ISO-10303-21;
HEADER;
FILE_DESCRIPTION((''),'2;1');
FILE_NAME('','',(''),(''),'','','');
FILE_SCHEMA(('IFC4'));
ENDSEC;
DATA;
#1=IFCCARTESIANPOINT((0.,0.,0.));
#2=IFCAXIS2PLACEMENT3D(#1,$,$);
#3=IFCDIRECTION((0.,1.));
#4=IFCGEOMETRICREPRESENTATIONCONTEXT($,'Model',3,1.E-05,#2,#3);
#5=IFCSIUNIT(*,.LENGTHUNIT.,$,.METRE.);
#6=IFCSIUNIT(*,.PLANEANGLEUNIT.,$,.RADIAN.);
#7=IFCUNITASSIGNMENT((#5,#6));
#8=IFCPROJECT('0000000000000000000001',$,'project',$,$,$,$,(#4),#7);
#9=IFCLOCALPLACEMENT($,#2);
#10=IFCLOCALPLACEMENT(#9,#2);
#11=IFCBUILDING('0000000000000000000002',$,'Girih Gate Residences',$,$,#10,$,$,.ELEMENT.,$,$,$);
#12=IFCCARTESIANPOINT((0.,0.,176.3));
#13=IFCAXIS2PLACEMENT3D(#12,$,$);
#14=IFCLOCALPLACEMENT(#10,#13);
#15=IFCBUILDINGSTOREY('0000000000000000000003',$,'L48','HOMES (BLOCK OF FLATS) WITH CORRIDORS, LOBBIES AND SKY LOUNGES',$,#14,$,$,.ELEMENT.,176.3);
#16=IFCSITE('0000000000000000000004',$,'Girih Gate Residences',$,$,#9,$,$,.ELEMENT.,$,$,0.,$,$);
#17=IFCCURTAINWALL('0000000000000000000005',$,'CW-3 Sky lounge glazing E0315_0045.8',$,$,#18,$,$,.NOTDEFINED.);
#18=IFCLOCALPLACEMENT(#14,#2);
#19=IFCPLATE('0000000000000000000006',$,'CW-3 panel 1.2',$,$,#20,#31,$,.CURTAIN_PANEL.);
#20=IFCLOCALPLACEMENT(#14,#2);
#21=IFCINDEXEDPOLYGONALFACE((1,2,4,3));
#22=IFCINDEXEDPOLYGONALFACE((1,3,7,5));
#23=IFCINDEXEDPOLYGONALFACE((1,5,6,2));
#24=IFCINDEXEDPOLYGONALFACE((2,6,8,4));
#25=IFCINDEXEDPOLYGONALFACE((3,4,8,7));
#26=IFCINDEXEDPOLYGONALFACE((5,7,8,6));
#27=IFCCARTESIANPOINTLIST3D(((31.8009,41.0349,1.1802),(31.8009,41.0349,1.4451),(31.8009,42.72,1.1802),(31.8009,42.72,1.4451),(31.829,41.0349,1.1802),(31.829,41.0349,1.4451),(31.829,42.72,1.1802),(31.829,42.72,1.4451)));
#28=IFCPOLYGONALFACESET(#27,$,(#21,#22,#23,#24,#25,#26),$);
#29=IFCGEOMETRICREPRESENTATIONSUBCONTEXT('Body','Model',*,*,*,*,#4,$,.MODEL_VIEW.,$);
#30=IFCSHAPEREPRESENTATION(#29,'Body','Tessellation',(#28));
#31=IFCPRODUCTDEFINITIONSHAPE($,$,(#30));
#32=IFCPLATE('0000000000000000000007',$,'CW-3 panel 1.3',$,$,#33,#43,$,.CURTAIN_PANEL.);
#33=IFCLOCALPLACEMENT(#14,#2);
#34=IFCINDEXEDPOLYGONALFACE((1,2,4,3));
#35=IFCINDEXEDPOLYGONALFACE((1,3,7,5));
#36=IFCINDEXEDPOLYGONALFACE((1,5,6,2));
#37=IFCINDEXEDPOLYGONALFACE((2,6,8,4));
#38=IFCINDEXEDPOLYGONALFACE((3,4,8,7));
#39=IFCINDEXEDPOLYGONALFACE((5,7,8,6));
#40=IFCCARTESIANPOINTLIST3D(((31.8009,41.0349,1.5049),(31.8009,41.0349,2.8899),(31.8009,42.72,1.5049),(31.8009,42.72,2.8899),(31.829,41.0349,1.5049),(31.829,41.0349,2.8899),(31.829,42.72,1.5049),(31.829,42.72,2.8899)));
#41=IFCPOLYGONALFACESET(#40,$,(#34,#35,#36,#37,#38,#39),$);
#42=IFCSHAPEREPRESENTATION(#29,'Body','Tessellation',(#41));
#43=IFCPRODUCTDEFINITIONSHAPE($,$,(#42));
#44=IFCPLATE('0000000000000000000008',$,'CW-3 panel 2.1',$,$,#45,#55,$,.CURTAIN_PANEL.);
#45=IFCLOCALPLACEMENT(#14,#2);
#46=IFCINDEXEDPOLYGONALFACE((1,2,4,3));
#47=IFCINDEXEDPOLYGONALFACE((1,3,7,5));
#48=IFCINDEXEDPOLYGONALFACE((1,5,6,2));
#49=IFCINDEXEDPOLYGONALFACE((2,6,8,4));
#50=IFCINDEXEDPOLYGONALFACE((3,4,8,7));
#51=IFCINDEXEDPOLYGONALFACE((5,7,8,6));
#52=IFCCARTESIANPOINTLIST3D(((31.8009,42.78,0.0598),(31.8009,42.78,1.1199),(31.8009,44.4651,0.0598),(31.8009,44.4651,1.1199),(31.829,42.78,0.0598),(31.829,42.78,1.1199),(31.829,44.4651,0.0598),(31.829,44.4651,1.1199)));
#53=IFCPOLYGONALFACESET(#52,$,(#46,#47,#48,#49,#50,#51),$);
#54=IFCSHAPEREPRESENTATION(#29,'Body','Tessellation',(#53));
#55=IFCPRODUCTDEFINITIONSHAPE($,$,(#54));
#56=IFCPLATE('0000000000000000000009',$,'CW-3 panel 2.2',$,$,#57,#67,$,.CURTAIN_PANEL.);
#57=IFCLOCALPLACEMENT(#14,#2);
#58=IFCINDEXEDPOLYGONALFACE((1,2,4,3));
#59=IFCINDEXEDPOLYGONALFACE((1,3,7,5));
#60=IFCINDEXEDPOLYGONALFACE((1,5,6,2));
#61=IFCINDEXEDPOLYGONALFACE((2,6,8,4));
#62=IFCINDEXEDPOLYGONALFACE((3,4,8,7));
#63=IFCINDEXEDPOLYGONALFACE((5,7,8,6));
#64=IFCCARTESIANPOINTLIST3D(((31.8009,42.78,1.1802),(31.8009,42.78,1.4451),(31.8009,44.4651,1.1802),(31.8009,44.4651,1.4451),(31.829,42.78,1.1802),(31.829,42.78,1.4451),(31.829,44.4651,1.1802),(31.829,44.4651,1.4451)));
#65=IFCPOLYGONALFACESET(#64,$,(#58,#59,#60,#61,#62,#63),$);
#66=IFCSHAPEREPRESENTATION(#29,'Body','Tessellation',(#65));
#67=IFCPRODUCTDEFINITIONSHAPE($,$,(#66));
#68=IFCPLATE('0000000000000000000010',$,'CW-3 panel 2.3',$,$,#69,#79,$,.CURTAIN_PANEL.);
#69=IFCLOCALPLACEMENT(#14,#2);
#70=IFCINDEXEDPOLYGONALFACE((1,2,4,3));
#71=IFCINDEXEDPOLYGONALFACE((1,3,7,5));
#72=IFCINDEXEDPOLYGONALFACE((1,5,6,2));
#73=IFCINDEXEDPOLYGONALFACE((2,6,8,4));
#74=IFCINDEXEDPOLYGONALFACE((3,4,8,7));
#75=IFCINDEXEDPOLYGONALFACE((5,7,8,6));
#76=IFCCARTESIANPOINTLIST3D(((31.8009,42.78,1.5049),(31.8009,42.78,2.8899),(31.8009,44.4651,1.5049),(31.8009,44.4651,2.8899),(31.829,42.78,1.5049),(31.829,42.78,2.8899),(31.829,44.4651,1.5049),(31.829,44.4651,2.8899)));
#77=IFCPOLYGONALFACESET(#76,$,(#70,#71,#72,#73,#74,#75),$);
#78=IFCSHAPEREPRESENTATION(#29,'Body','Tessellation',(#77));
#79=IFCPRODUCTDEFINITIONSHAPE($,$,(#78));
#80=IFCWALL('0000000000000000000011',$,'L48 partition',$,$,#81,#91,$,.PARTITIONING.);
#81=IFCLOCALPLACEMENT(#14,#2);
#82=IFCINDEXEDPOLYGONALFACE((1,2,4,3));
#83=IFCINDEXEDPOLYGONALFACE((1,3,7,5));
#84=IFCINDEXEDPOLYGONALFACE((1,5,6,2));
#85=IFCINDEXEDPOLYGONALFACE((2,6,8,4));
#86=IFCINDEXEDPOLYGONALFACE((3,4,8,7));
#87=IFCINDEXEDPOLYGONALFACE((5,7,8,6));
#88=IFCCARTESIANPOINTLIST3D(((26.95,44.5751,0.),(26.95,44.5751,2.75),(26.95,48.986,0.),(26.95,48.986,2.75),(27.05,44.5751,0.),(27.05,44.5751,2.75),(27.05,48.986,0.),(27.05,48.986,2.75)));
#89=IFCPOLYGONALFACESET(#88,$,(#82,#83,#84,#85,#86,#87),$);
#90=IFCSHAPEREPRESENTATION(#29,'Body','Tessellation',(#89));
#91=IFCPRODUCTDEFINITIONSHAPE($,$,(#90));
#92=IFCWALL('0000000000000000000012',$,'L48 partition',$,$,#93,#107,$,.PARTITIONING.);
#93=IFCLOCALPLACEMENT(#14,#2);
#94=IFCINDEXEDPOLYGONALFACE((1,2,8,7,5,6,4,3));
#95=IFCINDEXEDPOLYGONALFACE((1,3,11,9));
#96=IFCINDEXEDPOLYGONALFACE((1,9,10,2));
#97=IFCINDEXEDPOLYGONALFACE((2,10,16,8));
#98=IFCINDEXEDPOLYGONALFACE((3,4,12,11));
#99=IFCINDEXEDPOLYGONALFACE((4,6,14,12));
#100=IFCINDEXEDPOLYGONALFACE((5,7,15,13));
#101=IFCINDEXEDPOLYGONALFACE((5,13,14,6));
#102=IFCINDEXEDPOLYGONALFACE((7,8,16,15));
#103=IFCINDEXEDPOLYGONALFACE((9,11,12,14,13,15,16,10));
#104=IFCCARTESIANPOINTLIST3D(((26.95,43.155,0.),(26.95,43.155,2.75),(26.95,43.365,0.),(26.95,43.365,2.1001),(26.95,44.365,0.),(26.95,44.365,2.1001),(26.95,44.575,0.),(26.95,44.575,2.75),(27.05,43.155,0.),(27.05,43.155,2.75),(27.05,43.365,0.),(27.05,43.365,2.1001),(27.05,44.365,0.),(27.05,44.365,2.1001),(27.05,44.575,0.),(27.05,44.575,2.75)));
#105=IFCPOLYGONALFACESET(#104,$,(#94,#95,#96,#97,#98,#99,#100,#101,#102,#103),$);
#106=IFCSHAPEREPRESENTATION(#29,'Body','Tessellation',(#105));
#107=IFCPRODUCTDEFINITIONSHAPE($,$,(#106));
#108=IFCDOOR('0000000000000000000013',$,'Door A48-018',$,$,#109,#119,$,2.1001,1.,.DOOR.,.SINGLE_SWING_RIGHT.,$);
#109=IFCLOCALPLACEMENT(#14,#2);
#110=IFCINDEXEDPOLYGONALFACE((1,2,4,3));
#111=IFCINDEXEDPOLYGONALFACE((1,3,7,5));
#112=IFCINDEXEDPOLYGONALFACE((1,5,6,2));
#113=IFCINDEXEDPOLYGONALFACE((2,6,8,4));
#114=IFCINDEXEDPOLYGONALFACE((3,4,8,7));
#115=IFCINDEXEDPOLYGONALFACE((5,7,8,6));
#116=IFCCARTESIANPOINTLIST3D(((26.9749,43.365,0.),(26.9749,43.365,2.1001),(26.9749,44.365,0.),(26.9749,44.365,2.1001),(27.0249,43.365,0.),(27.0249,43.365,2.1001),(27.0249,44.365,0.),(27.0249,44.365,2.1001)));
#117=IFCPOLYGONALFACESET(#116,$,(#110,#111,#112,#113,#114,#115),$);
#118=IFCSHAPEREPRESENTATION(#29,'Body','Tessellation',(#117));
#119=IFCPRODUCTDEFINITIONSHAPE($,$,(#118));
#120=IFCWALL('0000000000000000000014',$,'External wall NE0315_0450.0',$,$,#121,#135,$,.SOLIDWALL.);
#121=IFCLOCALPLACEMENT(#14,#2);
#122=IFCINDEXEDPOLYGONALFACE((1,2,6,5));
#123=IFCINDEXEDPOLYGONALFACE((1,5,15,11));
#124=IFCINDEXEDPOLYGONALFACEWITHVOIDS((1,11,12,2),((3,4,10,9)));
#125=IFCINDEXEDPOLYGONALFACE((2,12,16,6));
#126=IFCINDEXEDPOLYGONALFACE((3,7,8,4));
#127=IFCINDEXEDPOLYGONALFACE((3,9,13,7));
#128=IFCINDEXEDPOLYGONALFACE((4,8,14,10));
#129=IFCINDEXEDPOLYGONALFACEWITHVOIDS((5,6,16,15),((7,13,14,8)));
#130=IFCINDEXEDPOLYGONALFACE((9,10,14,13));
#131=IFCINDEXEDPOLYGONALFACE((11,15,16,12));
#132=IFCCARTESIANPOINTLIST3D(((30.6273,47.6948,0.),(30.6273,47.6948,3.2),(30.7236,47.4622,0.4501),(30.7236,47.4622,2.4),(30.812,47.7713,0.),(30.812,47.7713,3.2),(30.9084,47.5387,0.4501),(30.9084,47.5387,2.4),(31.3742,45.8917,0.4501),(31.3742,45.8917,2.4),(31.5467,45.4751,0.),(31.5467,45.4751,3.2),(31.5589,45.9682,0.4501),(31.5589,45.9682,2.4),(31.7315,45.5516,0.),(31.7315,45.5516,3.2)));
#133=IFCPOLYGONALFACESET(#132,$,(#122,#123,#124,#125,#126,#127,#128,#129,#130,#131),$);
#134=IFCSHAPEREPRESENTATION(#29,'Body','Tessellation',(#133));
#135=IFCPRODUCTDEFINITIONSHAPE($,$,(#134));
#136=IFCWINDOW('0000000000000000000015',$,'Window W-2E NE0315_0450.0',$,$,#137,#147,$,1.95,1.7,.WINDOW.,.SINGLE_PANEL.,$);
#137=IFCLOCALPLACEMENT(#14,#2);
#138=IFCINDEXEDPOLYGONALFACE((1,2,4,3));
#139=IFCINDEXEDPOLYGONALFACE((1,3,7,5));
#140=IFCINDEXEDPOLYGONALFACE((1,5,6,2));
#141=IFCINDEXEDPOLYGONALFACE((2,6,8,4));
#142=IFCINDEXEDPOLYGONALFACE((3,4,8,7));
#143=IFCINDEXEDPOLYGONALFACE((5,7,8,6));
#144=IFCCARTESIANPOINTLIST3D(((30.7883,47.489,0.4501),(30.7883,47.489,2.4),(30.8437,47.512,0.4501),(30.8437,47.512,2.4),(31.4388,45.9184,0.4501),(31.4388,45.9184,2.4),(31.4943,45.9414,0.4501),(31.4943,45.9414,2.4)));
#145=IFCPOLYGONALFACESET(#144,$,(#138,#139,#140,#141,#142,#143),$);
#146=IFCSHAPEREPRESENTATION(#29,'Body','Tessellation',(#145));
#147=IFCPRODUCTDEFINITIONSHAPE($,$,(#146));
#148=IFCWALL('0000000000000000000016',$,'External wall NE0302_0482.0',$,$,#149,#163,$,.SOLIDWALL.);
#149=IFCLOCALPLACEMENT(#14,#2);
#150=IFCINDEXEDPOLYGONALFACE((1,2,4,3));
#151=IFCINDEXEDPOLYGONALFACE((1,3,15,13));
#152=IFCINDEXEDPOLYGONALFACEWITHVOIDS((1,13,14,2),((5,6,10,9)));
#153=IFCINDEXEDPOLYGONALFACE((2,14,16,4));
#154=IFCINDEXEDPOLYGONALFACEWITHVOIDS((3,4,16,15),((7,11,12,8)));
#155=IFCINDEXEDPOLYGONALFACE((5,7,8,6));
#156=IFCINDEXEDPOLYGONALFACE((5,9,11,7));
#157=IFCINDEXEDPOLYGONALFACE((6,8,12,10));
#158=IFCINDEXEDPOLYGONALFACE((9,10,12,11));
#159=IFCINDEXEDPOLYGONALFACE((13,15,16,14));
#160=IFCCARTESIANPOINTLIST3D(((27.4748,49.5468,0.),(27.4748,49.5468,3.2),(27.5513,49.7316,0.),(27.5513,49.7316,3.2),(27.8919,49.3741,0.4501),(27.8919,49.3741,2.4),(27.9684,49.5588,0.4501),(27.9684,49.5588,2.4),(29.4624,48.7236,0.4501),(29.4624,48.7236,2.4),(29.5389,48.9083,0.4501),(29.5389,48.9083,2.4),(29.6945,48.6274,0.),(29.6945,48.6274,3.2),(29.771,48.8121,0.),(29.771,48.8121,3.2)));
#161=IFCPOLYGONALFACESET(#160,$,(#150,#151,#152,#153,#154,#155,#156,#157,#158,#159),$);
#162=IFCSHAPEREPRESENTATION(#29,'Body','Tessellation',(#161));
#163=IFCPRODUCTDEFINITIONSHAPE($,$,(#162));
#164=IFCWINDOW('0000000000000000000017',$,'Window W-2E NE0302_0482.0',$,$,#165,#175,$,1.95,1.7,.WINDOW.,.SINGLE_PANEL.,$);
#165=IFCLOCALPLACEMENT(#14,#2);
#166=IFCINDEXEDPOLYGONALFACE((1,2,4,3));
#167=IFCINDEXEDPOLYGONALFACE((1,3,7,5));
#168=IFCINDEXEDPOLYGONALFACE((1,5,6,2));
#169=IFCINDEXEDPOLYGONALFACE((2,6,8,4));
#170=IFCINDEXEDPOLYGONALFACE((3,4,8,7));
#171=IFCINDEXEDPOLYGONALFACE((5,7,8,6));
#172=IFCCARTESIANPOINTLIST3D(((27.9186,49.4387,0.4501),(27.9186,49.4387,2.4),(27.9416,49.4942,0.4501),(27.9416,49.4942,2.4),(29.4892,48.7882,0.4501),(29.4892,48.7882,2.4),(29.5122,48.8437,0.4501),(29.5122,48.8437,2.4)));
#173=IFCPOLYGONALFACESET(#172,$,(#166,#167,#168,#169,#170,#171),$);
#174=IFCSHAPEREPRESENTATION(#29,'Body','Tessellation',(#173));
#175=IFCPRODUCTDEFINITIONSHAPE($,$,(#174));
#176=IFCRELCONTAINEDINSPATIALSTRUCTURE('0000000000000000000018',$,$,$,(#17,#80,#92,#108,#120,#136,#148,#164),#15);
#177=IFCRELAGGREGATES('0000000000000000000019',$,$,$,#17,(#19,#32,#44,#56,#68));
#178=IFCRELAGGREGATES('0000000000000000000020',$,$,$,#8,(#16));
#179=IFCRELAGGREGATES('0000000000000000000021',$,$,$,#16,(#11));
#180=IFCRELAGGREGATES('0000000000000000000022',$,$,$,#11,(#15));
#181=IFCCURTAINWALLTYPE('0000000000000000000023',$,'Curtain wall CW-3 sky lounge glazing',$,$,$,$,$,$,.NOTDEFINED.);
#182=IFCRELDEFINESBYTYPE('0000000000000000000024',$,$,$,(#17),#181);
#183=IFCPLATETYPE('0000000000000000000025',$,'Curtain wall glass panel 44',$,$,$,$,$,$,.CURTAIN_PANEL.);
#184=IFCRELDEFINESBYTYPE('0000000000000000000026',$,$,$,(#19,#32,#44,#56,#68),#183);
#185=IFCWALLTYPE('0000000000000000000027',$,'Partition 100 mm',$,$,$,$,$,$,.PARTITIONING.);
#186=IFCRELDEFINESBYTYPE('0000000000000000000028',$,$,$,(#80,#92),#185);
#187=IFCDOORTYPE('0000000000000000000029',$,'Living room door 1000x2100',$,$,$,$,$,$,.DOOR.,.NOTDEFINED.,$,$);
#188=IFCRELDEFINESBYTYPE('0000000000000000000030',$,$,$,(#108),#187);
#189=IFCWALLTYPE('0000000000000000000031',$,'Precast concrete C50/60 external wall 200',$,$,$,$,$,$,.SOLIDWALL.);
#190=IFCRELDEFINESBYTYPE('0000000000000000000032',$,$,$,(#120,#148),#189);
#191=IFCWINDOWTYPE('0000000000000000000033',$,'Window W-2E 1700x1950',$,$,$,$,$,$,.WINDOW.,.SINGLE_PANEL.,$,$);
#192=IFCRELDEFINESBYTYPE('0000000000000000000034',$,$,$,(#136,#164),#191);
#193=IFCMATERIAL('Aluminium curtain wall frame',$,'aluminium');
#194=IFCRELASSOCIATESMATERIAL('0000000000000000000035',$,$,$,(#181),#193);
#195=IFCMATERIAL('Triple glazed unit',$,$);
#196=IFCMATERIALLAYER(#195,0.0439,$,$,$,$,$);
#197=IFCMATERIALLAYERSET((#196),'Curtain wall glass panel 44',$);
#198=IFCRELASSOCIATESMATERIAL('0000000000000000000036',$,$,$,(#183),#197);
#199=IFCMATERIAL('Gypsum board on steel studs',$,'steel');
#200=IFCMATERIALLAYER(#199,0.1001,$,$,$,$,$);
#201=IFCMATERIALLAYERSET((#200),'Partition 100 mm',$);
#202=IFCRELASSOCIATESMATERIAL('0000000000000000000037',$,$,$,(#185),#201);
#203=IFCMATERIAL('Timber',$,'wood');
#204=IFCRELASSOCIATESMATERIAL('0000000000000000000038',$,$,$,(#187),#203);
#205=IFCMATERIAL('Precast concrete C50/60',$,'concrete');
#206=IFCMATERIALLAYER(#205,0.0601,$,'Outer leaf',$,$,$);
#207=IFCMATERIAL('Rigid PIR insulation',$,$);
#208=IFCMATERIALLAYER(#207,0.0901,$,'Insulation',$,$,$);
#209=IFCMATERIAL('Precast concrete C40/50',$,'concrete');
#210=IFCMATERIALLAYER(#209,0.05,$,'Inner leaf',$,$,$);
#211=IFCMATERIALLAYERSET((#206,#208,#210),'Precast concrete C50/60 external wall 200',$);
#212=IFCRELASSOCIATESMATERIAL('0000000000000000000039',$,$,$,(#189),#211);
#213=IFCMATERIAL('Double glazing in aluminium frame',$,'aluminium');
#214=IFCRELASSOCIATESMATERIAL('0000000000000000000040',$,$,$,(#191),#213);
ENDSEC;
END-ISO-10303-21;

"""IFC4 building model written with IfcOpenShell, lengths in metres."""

from ifc_helpers import new_model, si_unit, direction, frame, frame_2d, origin, origin_2d, place, context, subcontext, project, spatial, rectangle, extrude, material, layer, layer_set, type_object, element, fill, aggregate, save


model = new_model("IFC4")

# Units and contexts
model_context = context("Model", 3, precision=1e-05, world=origin(), true_north=direction((0.0, 1.0)))
body_context = subcontext(model_context, "Body", "Model", "MODEL_VIEW")
ifc_project = project(units=[si_unit("LENGTHUNIT", "METRE"), si_unit("PLANEANGLEUNIT", "RADIAN")], contexts=[model_context])

# Site, building, storey
site_placement = place(None, origin())
site = spatial("IfcSite", under=ifc_project, at=site_placement, Name="Girih Gate Residences", CompositionType="ELEMENT", RefElevation=0.0)
building_placement = place(site_placement, origin())
building = spatial("IfcBuilding", under=site, at=building_placement, Name="Girih Gate Residences", CompositionType="ELEMENT")
storey_placement = place(building_placement, frame((0.0, 0.0, 176.3)))
storey = spatial("IfcBuildingStorey", under=building, at=storey_placement, Name="L48", Description="HOMES (BLOCK OF FLATS) WITH CORRIDORS, LOBBIES AND SKY LOUNGES", CompositionType="ELEMENT", Elevation=176.3)

# Curtain wall
ifc_material_1 = material(Name="Aluminium curtain wall frame", Category="aluminium")
curtain_wall_type = type_object("IfcCurtainWallType", Name="Curtain wall CW-3 sky lounge glazing", PredefinedType="NOTDEFINED", material=ifc_material_1)
curtain_wall_placement = place(storey_placement, origin())
curtain_wall = element("IfcCurtainWall", 1, at=curtain_wall_placement, inside=storey, type_object=curtain_wall_type, Name="CW-3 Sky lounge glazing E0315_0045.8", PredefinedType="NOTDEFINED")

# Plates
ifc_material_2 = material(Name="Triple glazed unit")
ifc_layer_1 = layer(ifc_material_2, 0.0439)
ifc_layer_set_1 = layer_set([ifc_layer_1], Name="Curtain wall glass panel 44")
plate_type = type_object("IfcPlateType", Name="Curtain wall glass panel 44", PredefinedType="CURTAIN_PANEL", material=ifc_layer_set_1)
plate_1_placement = place(storey_placement, frame((31.8149, 41.8774, 1.1802), z_axis=(0.0, 0.0, 1.0), x_axis=(0.0, 1.0, 0.0)))
plate_1 = element("IfcPlate", 2, at=plate_1_placement, type_object=plate_type, Name="CW-3 panel 1.2", PredefinedType="CURTAIN_PANEL", context=body_context, shape_type="SweptSolid", body=[
    extrude(rectangle(XDim=1.6851, YDim=0.0281, at=origin_2d()), origin(), (0.0, 0.0, 1.0), 0.2649),
])
plate_2_placement = place(storey_placement, frame((31.8149, 41.8774, 1.5049), z_axis=(0.0, 0.0, 1.0), x_axis=(0.0, 1.0, 0.0)))
plate_2 = element("IfcPlate", 3, at=plate_2_placement, type_object=plate_type, Name="CW-3 panel 1.3", PredefinedType="CURTAIN_PANEL", context=body_context, shape_type="SweptSolid", body=[
    extrude(rectangle(XDim=1.6851, YDim=0.0281, at=origin_2d()), origin(), (0.0, 0.0, 1.0), 1.385),
])
plate_3_placement = place(storey_placement, frame((31.8149, 43.6226, 0.0598), z_axis=(0.0, 0.0, 1.0), x_axis=(0.0, 1.0, 0.0)))
plate_3 = element("IfcPlate", 4, at=plate_3_placement, type_object=plate_type, Name="CW-3 panel 2.1", PredefinedType="CURTAIN_PANEL", context=body_context, shape_type="SweptSolid", body=[
    extrude(rectangle(XDim=1.6851, YDim=0.0281, at=origin_2d()), origin(), (0.0, 0.0, 1.0), 1.0601),
])
plate_4_placement = place(storey_placement, frame((31.8149, 43.6226, 1.1802), z_axis=(0.0, 0.0, 1.0), x_axis=(0.0, 1.0, 0.0)))
plate_4 = element("IfcPlate", 5, at=plate_4_placement, type_object=plate_type, Name="CW-3 panel 2.2", PredefinedType="CURTAIN_PANEL", context=body_context, shape_type="SweptSolid", body=[
    extrude(rectangle(XDim=1.6851, YDim=0.0281, at=origin_2d()), origin(), (0.0, 0.0, 1.0), 0.2649),
])
plate_5_placement = place(storey_placement, frame((31.8149, 43.6226, 1.5049), z_axis=(0.0, 0.0, 1.0), x_axis=(0.0, 1.0, 0.0)))
plate_5 = element("IfcPlate", 6, at=plate_5_placement, type_object=plate_type, Name="CW-3 panel 2.3", PredefinedType="CURTAIN_PANEL", context=body_context, shape_type="SweptSolid", body=[
    extrude(rectangle(XDim=1.6851, YDim=0.0281, at=origin_2d()), origin(), (0.0, 0.0, 1.0), 1.385),
])
aggregate(curtain_wall, [plate_1, plate_2, plate_3, plate_4, plate_5])

# Wall
ifc_material_3 = material(Name="Gypsum board on steel studs", Category="steel")
ifc_layer_2 = layer(ifc_material_3, 0.1001)
ifc_layer_set_2 = layer_set([ifc_layer_2], Name="Partition 100 mm")
wall_type_1 = type_object("IfcWallType", Name="Partition 100 mm", PredefinedType="PARTITIONING", material=ifc_layer_set_2)
wall_1_placement = place(storey_placement, frame((27.0, 44.575, 0.0), z_axis=(0.0, 0.0, 1.0), x_axis=(0.0, 1.0, 0.0)))
element("IfcWall", 7, at=wall_1_placement, inside=storey, type_object=wall_type_1, Name="L48 partition", PredefinedType="PARTITIONING", context=body_context, shape_type="SweptSolid", body=[
    extrude(rectangle(XDim=4.4109, YDim=0.1001, at=frame_2d((2.2056, 0.0))), origin(), (0.0, 0.0, 1.0), 2.75),
])

# Wall, opening, door
wall_2_placement = place(storey_placement, frame((27.0, 44.575, 0.0), z_axis=(0.0, 0.0, 1.0), x_axis=(0.0, -1.0, 0.0)))
wall_2 = element("IfcWall", 8, at=wall_2_placement, inside=storey, type_object=wall_type_1, Name="L48 partition", PredefinedType="PARTITIONING", context=body_context, shape_type="SweptSolid", body=[
    extrude(rectangle(XDim=1.4199, YDim=0.1001, at=frame_2d((0.71, 0.0))), origin(), (0.0, 0.0, 1.0), 2.75),
])
opening_1_placement = place(wall_2_placement, frame((0.21, 0.0, 0.0)))
opening_1 = element("IfcOpeningElement", 9, at=opening_1_placement, cuts=wall_2, PredefinedType="OPENING", context=body_context, shape_type="SweptSolid", body=[
    extrude(rectangle(XDim=1.0, YDim=2.1001, at=frame_2d((0.5, 1.05))), frame((0.0, 0.0601, 0.0), z_axis=(0.0, -1.0, 0.0), x_axis=(1.0, 0.0, 0.0)), (0.0, 0.0, 1.0), 0.1201),
])
ifc_material_4 = material(Name="Timber", Category="wood")
door_type_1 = type_object("IfcDoorType", Name="Living room door 1000x2100", OperationType="NOTDEFINED", PredefinedType="DOOR", material=ifc_material_4)
door_1_placement = place(opening_1_placement, origin())
door_1 = element("IfcDoor", 10, at=door_1_placement, inside=storey, type_object=door_type_1, Name="Door A48-018", OperationType="SINGLE_SWING_RIGHT", OverallHeight=2.1001, OverallWidth=1.0, PredefinedType="DOOR", context=body_context, shape_type="SweptSolid", body=[
    extrude(rectangle(XDim=1.0, YDim=2.1001, at=frame_2d((0.5, 1.05))), frame((0.0, 0.0249, 0.0), z_axis=(0.0, -1.0, 0.0), x_axis=(1.0, 0.0, 0.0)), (0.0, 0.0, 1.0), 0.05),
])
fill(opening_1, door_1)

# Walls, openings, windows
ifc_material_5 = material(Name="Precast concrete C50/60", Category="concrete")
ifc_layer_3 = layer(ifc_material_5, 0.0601, Name="Outer leaf")
ifc_material_6 = material(Name="Rigid PIR insulation")
ifc_layer_4 = layer(ifc_material_6, 0.0901, Name="Insulation")
ifc_material_7 = material(Name="Precast concrete C40/50", Category="concrete")
ifc_layer_5 = layer(ifc_material_7, 0.05, Name="Inner leaf")
ifc_layer_set_3 = layer_set([ifc_layer_3, ifc_layer_4, ifc_layer_5], Name="Precast concrete C50/60 external wall 200")
wall_type_2 = type_object("IfcWallType", Name="Precast concrete C50/60 external wall 200", PredefinedType="SOLIDWALL", material=ifc_layer_set_3)
wall_3_placement = place(storey_placement, frame((30.7197, 47.7329, 0.0), z_axis=(0.0, 0.0, 1.0), x_axis=(0.382681, -0.923881, 0.0)))
wall_3 = element("IfcWall", 11, at=wall_3_placement, inside=storey, type_object=wall_type_2, Name="External wall NE0315_0450.0", PredefinedType="SOLIDWALL", context=body_context, shape_type="SweptSolid", body=[
    extrude(rectangle(XDim=2.4026, YDim=0.2, at=frame_2d((1.2012, 0.0))), origin(), (0.0, 0.0, 1.0), 3.2),
])
opening_2_placement = place(wall_3_placement, frame((0.2515, 0.0, 0.45)))
opening_2 = element("IfcOpeningElement", 12, at=opening_2_placement, cuts=wall_3, PredefinedType="OPENING", context=body_context, shape_type="SweptSolid", body=[
    extrude(rectangle(XDim=1.7, YDim=1.95, at=frame_2d((0.8501, 0.9751))), frame((0.0, 0.1099, 0.0), z_axis=(0.0, -1.0, 0.0), x_axis=(1.0, 0.0, 0.0)), (0.0, 0.0, 1.0), 0.22),
])
ifc_material_8 = material(Name="Double glazing in aluminium frame", Category="aluminium")
window_type = type_object("IfcWindowType", Name="Window W-2E 1700x1950", PartitioningType="SINGLE_PANEL", PredefinedType="WINDOW", material=ifc_material_8)
window_1_placement = place(opening_2_placement, origin())
window_1 = element("IfcWindow", 13, at=window_1_placement, inside=storey, type_object=window_type, Name="Window W-2E NE0315_0450.0", OverallHeight=1.95, OverallWidth=1.7, PartitioningType="SINGLE_PANEL", PredefinedType="WINDOW", context=body_context, shape_type="SweptSolid", body=[
    extrude(rectangle(XDim=1.7, YDim=1.95, at=frame_2d((0.8501, 0.9751))), frame((0.0, 0.03, 0.0), z_axis=(0.0, -1.0, 0.0), x_axis=(1.0, 0.0, 0.0)), (0.0, 0.0, 1.0), 0.0601),
])
fill(opening_2, window_1)
wall_4_placement = place(storey_placement, frame((27.5132, 49.6392, 0.0), z_axis=(0.0, 0.0, 1.0), x_axis=(0.923881, -0.382681, 0.0)))
wall_4 = element("IfcWall", 14, at=wall_4_placement, inside=storey, type_object=wall_type_2, Name="External wall NE0302_0482.0", PredefinedType="SOLIDWALL", context=body_context, shape_type="SweptSolid", body=[
    extrude(rectangle(XDim=2.4026, YDim=0.2, at=frame_2d((1.2012, 0.0))), origin(), (0.0, 0.0, 1.0), 3.2),
])
opening_3_placement = place(wall_4_placement, frame((0.4512, 0.0, 0.45)))
opening_3 = element("IfcOpeningElement", 15, at=opening_3_placement, cuts=wall_4, PredefinedType="OPENING", context=body_context, shape_type="SweptSolid", body=[
    extrude(rectangle(XDim=1.7, YDim=1.95, at=frame_2d((0.8501, 0.9751))), frame((0.0, 0.1099, 0.0), z_axis=(0.0, -1.0, 0.0), x_axis=(1.0, 0.0, 0.0)), (0.0, 0.0, 1.0), 0.22),
])
window_2_placement = place(opening_3_placement, origin())
window_2 = element("IfcWindow", 16, at=window_2_placement, inside=storey, type_object=window_type, Name="Window W-2E NE0302_0482.0", OverallHeight=1.95, OverallWidth=1.7, PartitioningType="SINGLE_PANEL", PredefinedType="WINDOW", context=body_context, shape_type="SweptSolid", body=[
    extrude(rectangle(XDim=1.7, YDim=1.95, at=frame_2d((0.8501, 0.9751))), frame((0.0, 0.03, 0.0), z_axis=(0.0, -1.0, 0.0), x_axis=(1.0, 0.0, 0.0)), (0.0, 0.0, 1.0), 0.0601),
])
fill(opening_3, window_2)

save(model, "model.ifc")
